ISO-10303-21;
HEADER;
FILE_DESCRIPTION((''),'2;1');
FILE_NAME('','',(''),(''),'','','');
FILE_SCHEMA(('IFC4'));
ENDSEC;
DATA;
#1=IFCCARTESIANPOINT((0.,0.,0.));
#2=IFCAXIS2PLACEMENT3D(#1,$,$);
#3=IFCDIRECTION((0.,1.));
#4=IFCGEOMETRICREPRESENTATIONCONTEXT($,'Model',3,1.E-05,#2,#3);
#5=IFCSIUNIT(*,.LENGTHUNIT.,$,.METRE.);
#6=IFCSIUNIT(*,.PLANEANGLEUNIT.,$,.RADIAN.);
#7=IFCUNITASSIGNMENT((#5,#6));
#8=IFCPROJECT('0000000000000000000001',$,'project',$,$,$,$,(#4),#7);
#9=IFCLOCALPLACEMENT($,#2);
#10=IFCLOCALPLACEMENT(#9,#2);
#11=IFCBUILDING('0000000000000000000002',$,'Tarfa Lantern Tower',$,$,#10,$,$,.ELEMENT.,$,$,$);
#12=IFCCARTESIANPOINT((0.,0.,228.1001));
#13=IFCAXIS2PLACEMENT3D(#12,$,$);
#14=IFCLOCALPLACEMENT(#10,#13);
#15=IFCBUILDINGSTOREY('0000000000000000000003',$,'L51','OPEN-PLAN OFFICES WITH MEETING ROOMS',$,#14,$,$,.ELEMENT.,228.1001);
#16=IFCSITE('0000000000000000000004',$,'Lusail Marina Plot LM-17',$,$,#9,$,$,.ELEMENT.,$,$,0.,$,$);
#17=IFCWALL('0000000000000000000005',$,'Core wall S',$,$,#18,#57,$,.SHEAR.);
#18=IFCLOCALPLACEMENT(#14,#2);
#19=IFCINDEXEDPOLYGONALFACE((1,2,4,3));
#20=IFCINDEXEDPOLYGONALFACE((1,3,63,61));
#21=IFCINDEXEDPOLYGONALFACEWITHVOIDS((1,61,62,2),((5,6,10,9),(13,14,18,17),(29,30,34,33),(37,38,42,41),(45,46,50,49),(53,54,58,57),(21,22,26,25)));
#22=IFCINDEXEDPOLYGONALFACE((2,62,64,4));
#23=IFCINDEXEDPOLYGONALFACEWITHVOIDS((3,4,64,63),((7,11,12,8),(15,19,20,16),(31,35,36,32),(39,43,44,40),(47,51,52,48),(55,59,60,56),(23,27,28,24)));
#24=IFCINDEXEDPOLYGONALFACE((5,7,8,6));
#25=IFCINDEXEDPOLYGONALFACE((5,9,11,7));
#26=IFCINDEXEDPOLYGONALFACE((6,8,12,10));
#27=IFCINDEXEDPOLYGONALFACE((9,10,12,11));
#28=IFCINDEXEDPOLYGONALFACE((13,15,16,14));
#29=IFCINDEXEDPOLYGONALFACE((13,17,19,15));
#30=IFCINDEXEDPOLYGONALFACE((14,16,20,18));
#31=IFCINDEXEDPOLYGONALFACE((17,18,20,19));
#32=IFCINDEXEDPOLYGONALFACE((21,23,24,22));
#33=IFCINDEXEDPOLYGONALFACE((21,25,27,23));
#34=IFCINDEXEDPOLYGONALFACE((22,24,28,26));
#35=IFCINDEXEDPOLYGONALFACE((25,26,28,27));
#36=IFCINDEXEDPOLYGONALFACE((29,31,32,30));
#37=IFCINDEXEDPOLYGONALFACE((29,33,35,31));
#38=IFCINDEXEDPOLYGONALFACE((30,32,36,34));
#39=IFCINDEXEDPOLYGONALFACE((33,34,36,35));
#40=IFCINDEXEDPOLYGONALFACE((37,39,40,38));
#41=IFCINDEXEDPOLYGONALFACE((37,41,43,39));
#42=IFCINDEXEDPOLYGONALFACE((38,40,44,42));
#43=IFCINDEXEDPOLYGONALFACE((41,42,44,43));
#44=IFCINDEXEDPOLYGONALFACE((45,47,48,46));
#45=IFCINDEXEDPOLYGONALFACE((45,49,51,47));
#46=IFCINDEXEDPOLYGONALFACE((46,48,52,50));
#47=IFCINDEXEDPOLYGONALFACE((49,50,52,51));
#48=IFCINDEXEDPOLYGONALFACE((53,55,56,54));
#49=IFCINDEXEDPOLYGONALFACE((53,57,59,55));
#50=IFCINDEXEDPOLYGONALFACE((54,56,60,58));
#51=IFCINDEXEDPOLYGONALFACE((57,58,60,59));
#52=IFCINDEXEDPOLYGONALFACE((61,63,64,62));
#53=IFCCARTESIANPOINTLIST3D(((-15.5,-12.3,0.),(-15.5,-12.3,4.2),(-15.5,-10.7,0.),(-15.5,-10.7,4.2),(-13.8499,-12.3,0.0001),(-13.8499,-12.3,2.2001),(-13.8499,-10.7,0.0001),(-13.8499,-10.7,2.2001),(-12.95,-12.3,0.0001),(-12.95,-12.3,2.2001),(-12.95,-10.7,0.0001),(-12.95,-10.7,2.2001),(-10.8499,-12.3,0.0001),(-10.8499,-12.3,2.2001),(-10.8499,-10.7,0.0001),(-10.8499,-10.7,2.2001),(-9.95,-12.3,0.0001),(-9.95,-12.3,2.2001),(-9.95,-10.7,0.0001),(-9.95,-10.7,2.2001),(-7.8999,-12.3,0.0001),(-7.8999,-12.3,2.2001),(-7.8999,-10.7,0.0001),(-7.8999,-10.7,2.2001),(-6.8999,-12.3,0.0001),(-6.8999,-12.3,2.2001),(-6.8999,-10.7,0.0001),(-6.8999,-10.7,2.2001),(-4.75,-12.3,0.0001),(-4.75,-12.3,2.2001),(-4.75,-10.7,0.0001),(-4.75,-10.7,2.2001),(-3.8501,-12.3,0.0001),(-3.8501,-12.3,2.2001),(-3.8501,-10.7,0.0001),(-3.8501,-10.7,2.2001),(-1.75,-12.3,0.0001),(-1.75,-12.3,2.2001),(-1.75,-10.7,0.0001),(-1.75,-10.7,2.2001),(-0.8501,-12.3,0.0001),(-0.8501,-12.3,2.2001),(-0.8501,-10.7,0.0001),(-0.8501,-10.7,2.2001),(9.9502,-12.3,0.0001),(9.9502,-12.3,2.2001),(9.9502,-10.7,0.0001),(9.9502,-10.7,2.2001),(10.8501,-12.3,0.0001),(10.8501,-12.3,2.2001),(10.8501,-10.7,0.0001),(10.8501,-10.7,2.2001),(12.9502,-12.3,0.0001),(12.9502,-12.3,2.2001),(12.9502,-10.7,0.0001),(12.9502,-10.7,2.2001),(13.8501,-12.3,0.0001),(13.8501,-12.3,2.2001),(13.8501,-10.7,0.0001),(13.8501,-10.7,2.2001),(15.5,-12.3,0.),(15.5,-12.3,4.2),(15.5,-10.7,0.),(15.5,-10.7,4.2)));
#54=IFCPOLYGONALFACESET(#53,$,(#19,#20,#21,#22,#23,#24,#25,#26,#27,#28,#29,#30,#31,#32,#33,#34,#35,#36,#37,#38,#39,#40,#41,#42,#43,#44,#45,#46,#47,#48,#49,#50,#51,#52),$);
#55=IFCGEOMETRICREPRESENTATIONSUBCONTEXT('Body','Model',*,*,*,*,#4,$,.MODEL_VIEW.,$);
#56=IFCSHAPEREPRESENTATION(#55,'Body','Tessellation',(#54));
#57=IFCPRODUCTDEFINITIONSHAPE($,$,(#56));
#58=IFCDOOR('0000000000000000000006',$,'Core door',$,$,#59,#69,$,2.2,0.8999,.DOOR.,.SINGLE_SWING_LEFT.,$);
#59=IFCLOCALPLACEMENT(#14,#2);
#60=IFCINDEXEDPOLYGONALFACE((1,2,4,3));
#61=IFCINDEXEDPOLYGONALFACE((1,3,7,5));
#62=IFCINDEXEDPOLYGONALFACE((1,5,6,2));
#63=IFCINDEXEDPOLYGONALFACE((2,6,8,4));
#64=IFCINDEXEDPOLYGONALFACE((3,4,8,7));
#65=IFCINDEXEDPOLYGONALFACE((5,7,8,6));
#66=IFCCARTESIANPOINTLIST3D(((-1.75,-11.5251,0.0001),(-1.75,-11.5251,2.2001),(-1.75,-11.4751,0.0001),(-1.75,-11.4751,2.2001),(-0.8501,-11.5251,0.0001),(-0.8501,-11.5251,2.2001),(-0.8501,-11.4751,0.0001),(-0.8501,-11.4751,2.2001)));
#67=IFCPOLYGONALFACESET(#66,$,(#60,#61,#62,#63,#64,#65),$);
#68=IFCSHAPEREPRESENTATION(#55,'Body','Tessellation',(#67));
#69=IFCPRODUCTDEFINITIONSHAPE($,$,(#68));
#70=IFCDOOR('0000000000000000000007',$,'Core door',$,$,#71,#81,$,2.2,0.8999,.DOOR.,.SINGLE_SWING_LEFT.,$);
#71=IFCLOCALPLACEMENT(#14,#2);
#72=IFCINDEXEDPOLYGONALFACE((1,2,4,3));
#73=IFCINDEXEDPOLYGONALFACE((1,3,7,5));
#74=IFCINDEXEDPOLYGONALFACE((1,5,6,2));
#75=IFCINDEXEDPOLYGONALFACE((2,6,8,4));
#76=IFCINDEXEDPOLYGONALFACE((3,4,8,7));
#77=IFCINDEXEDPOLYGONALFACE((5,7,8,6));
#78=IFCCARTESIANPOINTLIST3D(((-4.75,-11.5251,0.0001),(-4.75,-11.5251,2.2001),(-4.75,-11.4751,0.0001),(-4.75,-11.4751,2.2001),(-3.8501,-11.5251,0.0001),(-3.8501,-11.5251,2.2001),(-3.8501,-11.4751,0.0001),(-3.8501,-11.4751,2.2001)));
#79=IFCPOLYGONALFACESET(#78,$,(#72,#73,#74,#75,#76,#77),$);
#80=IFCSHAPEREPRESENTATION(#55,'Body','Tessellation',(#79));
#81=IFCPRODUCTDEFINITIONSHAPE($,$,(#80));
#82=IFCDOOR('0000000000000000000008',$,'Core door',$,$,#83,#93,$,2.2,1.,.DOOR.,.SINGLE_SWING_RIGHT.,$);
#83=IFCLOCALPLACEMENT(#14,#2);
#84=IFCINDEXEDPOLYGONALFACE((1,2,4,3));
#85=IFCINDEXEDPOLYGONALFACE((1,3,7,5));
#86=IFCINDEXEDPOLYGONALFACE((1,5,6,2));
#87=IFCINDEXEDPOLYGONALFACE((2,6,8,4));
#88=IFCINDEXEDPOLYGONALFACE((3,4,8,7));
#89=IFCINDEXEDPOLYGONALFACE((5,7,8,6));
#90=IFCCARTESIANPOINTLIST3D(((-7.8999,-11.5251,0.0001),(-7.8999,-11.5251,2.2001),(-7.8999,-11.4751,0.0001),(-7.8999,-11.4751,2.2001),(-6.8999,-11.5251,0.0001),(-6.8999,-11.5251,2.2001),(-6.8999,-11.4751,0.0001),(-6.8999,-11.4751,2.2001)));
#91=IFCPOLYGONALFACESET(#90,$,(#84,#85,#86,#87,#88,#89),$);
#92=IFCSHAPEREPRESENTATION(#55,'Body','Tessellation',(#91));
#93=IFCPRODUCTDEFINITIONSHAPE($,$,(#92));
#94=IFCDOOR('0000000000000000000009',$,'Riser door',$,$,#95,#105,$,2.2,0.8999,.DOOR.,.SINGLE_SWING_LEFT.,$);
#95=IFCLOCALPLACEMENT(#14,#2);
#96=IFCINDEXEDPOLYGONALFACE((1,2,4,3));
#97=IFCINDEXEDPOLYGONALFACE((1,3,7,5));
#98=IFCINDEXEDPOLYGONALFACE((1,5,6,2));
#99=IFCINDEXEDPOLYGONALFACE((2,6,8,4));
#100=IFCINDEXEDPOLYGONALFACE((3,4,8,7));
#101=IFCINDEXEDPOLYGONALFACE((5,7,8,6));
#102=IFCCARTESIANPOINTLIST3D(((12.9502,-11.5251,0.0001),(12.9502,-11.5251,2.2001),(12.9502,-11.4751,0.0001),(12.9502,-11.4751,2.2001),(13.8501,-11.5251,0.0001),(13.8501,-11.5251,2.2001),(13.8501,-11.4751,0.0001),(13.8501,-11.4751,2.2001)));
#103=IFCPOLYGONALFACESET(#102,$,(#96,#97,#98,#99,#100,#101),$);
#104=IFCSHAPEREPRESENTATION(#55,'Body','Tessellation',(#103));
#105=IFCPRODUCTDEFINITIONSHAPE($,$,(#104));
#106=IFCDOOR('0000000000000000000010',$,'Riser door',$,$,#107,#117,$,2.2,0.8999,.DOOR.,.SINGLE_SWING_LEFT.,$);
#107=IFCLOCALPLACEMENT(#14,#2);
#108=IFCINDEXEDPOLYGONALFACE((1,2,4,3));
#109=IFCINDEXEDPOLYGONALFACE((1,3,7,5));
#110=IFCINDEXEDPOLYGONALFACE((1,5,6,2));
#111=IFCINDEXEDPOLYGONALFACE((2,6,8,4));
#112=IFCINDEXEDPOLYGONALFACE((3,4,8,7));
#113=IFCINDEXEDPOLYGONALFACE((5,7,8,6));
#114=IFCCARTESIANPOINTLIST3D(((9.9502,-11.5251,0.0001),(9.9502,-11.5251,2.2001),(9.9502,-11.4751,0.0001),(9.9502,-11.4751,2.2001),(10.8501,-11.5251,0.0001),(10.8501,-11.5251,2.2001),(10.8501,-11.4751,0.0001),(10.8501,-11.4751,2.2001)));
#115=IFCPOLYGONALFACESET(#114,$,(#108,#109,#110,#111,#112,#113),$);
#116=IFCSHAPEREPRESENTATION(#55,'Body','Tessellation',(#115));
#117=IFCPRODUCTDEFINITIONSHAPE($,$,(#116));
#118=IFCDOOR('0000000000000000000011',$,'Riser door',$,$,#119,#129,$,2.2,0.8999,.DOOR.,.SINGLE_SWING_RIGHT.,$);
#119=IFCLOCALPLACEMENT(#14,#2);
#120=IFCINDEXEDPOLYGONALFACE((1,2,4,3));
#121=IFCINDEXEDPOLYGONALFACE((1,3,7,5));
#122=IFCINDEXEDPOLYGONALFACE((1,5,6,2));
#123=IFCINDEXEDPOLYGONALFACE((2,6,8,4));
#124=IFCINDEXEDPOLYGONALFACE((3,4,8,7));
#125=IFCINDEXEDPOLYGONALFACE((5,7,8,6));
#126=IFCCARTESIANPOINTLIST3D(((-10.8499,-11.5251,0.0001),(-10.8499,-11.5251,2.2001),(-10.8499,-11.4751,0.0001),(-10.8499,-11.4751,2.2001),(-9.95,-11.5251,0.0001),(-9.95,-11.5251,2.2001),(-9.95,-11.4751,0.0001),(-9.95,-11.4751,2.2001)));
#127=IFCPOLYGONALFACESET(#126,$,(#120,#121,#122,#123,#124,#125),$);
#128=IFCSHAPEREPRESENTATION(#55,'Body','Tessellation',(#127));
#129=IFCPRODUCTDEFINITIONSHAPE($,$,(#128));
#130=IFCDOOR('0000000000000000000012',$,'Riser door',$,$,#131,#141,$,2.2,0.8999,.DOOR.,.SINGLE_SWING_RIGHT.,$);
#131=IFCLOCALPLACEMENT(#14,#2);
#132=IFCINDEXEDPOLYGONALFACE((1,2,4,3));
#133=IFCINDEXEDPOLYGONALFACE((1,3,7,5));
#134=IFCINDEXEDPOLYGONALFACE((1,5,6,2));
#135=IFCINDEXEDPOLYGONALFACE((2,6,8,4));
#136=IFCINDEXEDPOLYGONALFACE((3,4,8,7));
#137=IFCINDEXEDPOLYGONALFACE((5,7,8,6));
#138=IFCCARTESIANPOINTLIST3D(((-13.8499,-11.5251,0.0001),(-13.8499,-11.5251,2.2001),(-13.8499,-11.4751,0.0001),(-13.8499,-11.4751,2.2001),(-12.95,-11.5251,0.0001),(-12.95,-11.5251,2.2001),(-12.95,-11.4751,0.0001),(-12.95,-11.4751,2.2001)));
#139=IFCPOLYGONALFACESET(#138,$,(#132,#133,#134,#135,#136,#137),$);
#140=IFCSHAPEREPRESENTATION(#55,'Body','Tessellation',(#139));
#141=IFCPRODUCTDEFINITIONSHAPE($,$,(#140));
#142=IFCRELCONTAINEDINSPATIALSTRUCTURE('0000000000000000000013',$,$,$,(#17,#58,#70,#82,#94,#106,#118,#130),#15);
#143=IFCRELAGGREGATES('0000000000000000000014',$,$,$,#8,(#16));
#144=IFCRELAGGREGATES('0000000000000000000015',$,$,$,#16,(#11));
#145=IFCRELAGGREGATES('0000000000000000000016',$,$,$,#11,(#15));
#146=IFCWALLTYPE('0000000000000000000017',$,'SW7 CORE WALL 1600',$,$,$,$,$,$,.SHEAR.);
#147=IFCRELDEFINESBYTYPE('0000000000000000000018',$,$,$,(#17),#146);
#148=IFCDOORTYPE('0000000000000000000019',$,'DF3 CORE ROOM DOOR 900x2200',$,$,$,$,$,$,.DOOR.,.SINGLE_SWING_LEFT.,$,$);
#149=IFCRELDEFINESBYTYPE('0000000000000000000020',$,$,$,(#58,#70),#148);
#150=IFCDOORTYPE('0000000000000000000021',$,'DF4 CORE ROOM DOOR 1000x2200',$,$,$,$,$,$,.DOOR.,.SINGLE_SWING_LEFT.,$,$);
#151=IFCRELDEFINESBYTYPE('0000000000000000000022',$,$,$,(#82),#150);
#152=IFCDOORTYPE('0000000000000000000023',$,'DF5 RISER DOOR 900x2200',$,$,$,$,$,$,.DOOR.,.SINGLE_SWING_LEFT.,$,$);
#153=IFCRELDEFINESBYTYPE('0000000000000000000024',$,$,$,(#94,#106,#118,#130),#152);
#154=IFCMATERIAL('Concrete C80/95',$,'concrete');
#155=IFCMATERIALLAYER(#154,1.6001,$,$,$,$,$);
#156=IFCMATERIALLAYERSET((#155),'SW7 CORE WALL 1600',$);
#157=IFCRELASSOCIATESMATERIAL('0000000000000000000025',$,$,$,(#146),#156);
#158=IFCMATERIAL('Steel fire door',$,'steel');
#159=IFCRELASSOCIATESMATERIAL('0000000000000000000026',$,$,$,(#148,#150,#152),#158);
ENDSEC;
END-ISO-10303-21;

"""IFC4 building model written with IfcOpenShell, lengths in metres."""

from ifc_helpers import new_model, si_unit, direction, frame, frame_2d, origin, place, context, subcontext, project, spatial, rectangle, extrude, material, layer, layer_set, type_object, element, fill, save


model = new_model("IFC4")

# Units and contexts
model_context = context("Model", 3, precision=1e-05, world=origin(), true_north=direction((0.0, 1.0)))
body_context = subcontext(model_context, "Body", "Model", "MODEL_VIEW")
ifc_project = project(units=[si_unit("LENGTHUNIT", "METRE"), si_unit("PLANEANGLEUNIT", "RADIAN")], contexts=[model_context])

# Site, building, storey
site_placement = place(None, origin())
site = spatial("IfcSite", under=ifc_project, at=site_placement, Name="Lusail Marina Plot LM-17", CompositionType="ELEMENT", RefElevation=0.0)
building_placement = place(site_placement, origin())
building = spatial("IfcBuilding", under=site, at=building_placement, Name="Tarfa Lantern Tower", CompositionType="ELEMENT")
storey_placement = place(building_placement, frame((0.0, 0.0, 228.1001)))
storey = spatial("IfcBuildingStorey", under=building, at=storey_placement, Name="L51", Description="OPEN-PLAN OFFICES WITH MEETING ROOMS", CompositionType="ELEMENT", Elevation=228.1001)

# Shared definitions
ifc_material_1 = material(Name="Concrete C80/95", Category="concrete")

# Wall, openings, doors
ifc_layer_1 = layer(ifc_material_1, 1.6001)
ifc_layer_set_1 = layer_set([ifc_layer_1], Name="SW7 CORE WALL 1600")
wall_type_1 = type_object("IfcWallType", Name="SW7 CORE WALL 1600", PredefinedType="SHEAR", material=ifc_layer_set_1)
wall_1_placement = place(storey_placement, frame((15.5, -11.5, 0.0), z_axis=(0.0, 0.0, 1.0), x_axis=(-1.0, 0.0, 0.0)))
wall_1 = element("IfcWall", 1, at=wall_1_placement, inside=storey, type_object=wall_type_1, Name="Core wall S", PredefinedType="SHEAR", context=body_context, shape_type="SweptSolid", body=[
    extrude(rectangle(XDim=31.0, YDim=1.6001, at=frame_2d((15.5, 0.0))), origin(), (0.0, 0.0, 1.0), 4.2),
])
opening_1_placement = place(wall_1_placement, frame((16.3501, 0.0, 0.0)))
opening_1 = element("IfcOpeningElement", 2, at=opening_1_placement, cuts=wall_1, PredefinedType="OPENING", context=body_context, shape_type="SweptSolid", body=[
    extrude(rectangle(XDim=0.8999, YDim=2.2, at=frame_2d((0.45, 1.1001))), frame((0.0, 0.8101, 0.0), z_axis=(0.0, -1.0, 0.0), x_axis=(1.0, 0.0, 0.0)), (0.0, 0.0, 1.0), 1.6201),
])
opening_2_placement = place(wall_1_placement, frame((19.3501, 0.0, 0.0)))
opening_2 = element("IfcOpeningElement", 3, at=opening_2_placement, cuts=wall_1, PredefinedType="OPENING", context=body_context, shape_type="SweptSolid", body=[
    extrude(rectangle(XDim=0.8999, YDim=2.2, at=frame_2d((0.45, 1.1001))), frame((0.0, 0.8101, 0.0), z_axis=(0.0, -1.0, 0.0), x_axis=(1.0, 0.0, 0.0)), (0.0, 0.0, 1.0), 1.6201),
])
opening_3_placement = place(wall_1_placement, frame((22.3999, 0.0, 0.0)))
opening_3 = element("IfcOpeningElement", 4, at=opening_3_placement, cuts=wall_1, PredefinedType="OPENING", context=body_context, shape_type="SweptSolid", body=[
    extrude(rectangle(XDim=1.0, YDim=2.2, at=frame_2d((0.5, 1.1001))), frame((0.0, 0.8101, 0.0), z_axis=(0.0, -1.0, 0.0), x_axis=(1.0, 0.0, 0.0)), (0.0, 0.0, 1.0), 1.6201),
])
opening_4_placement = place(wall_1_placement, frame((1.6499, 0.0, 0.0)))
opening_4 = element("IfcOpeningElement", 5, at=opening_4_placement, cuts=wall_1, PredefinedType="OPENING", context=body_context, shape_type="SweptSolid", body=[
    extrude(rectangle(XDim=0.8999, YDim=2.2, at=frame_2d((0.45, 1.1001))), frame((0.0, 0.8101, 0.0), z_axis=(0.0, -1.0, 0.0), x_axis=(1.0, 0.0, 0.0)), (0.0, 0.0, 1.0), 1.6201),
])
opening_5_placement = place(wall_1_placement, frame((4.6499, 0.0, 0.0)))
opening_5 = element("IfcOpeningElement", 6, at=opening_5_placement, cuts=wall_1, PredefinedType="OPENING", context=body_context, shape_type="SweptSolid", body=[
    extrude(rectangle(XDim=0.8999, YDim=2.2, at=frame_2d((0.45, 1.1001))), frame((0.0, 0.8101, 0.0), z_axis=(0.0, -1.0, 0.0), x_axis=(1.0, 0.0, 0.0)), (0.0, 0.0, 1.0), 1.6201),
])
opening_6_placement = place(wall_1_placement, frame((25.45, 0.0, 0.0)))
opening_6 = element("IfcOpeningElement", 7, at=opening_6_placement, cuts=wall_1, PredefinedType="OPENING", context=body_context, shape_type="SweptSolid", body=[
    extrude(rectangle(XDim=0.8999, YDim=2.2, at=frame_2d((0.45, 1.1001))), frame((0.0, 0.8101, 0.0), z_axis=(0.0, -1.0, 0.0), x_axis=(1.0, 0.0, 0.0)), (0.0, 0.0, 1.0), 1.6201),
])
opening_7_placement = place(wall_1_placement, frame((28.45, 0.0, 0.0)))
opening_7 = element("IfcOpeningElement", 8, at=opening_7_placement, cuts=wall_1, PredefinedType="OPENING", context=body_context, shape_type="SweptSolid", body=[
    extrude(rectangle(XDim=0.8999, YDim=2.2, at=frame_2d((0.45, 1.1001))), frame((0.0, 0.8101, 0.0), z_axis=(0.0, -1.0, 0.0), x_axis=(1.0, 0.0, 0.0)), (0.0, 0.0, 1.0), 1.6201),
])
ifc_material_2 = material(Name="Steel fire door", Category="steel")
door_type_1 = type_object("IfcDoorType", Name="DF3 CORE ROOM DOOR 900x2200", OperationType="SINGLE_SWING_LEFT", PredefinedType="DOOR", material=ifc_material_2)
door_1_placement = place(opening_1_placement, frame((0.8999, 0.0, 0.0), z_axis=(0.0, 0.0, 1.0), x_axis=(-1.0, 0.0, 0.0)))
door_1 = element("IfcDoor", 9, at=door_1_placement, inside=storey, type_object=door_type_1, Name="Core door", OperationType="SINGLE_SWING_LEFT", OverallHeight=2.2, OverallWidth=0.8999, PredefinedType="DOOR", context=body_context, shape_type="SweptSolid", body=[
    extrude(rectangle(XDim=0.8999, YDim=2.2, at=frame_2d((0.45, 1.1001))), frame((0.0, 0.0249, 0.0), z_axis=(0.0, -1.0, 0.0), x_axis=(1.0, 0.0, 0.0)), (0.0, 0.0, 1.0), 0.05),
])
fill(opening_1, door_1)
door_2_placement = place(opening_2_placement, frame((0.8999, 0.0, 0.0), z_axis=(0.0, 0.0, 1.0), x_axis=(-1.0, 0.0, 0.0)))
door_2 = element("IfcDoor", 10, at=door_2_placement, inside=storey, type_object=door_type_1, Name="Core door", OperationType="SINGLE_SWING_LEFT", OverallHeight=2.2, OverallWidth=0.8999, PredefinedType="DOOR", context=body_context, shape_type="SweptSolid", body=[
    extrude(rectangle(XDim=0.8999, YDim=2.2, at=frame_2d((0.45, 1.1001))), frame((0.0, 0.0249, 0.0), z_axis=(0.0, -1.0, 0.0), x_axis=(1.0, 0.0, 0.0)), (0.0, 0.0, 1.0), 0.05),
])
fill(opening_2, door_2)
door_type_2 = type_object("IfcDoorType", Name="DF4 CORE ROOM DOOR 1000x2200", OperationType="SINGLE_SWING_LEFT", PredefinedType="DOOR", material=ifc_material_2)
door_3_placement = place(opening_3_placement, frame((1.0, 0.0, 0.0), z_axis=(0.0, 0.0, 1.0), x_axis=(-1.0, 0.0, 0.0)))
door_3 = element("IfcDoor", 11, at=door_3_placement, inside=storey, type_object=door_type_2, Name="Core door", OperationType="SINGLE_SWING_RIGHT", OverallHeight=2.2, OverallWidth=1.0, PredefinedType="DOOR", context=body_context, shape_type="SweptSolid", body=[
    extrude(rectangle(XDim=1.0, YDim=2.2, at=frame_2d((0.5, 1.1001))), frame((0.0, 0.0249, 0.0), z_axis=(0.0, -1.0, 0.0), x_axis=(1.0, 0.0, 0.0)), (0.0, 0.0, 1.0), 0.05),
])
fill(opening_3, door_3)
door_type_3 = type_object("IfcDoorType", Name="DF5 RISER DOOR 900x2200", OperationType="SINGLE_SWING_LEFT", PredefinedType="DOOR", material=ifc_material_2)
door_4_placement = place(opening_4_placement, frame((0.8999, 0.0, 0.0), z_axis=(0.0, 0.0, 1.0), x_axis=(-1.0, 0.0, 0.0)))
door_4 = element("IfcDoor", 12, at=door_4_placement, inside=storey, type_object=door_type_3, Name="Riser door", OperationType="SINGLE_SWING_LEFT", OverallHeight=2.2, OverallWidth=0.8999, PredefinedType="DOOR", context=body_context, shape_type="SweptSolid", body=[
    extrude(rectangle(XDim=0.8999, YDim=2.2, at=frame_2d((0.45, 1.1001))), frame((0.0, 0.0249, 0.0), z_axis=(0.0, -1.0, 0.0), x_axis=(1.0, 0.0, 0.0)), (0.0, 0.0, 1.0), 0.05),
])
fill(opening_4, door_4)
door_5_placement = place(opening_5_placement, frame((0.8999, 0.0, 0.0), z_axis=(0.0, 0.0, 1.0), x_axis=(-1.0, 0.0, 0.0)))
door_5 = element("IfcDoor", 13, at=door_5_placement, inside=storey, type_object=door_type_3, Name="Riser door", OperationType="SINGLE_SWING_LEFT", OverallHeight=2.2, OverallWidth=0.8999, PredefinedType="DOOR", context=body_context, shape_type="SweptSolid", body=[
    extrude(rectangle(XDim=0.8999, YDim=2.2, at=frame_2d((0.45, 1.1001))), frame((0.0, 0.0249, 0.0), z_axis=(0.0, -1.0, 0.0), x_axis=(1.0, 0.0, 0.0)), (0.0, 0.0, 1.0), 0.05),
])
fill(opening_5, door_5)
door_6_placement = place(opening_6_placement, frame((0.8999, 0.0, 0.0), z_axis=(0.0, 0.0, 1.0), x_axis=(-1.0, 0.0, 0.0)))
door_6 = element("IfcDoor", 14, at=door_6_placement, inside=storey, type_object=door_type_3, Name="Riser door", OperationType="SINGLE_SWING_RIGHT", OverallHeight=2.2, OverallWidth=0.8999, PredefinedType="DOOR", context=body_context, shape_type="SweptSolid", body=[
    extrude(rectangle(XDim=0.8999, YDim=2.2, at=frame_2d((0.45, 1.1001))), frame((0.0, 0.0249, 0.0), z_axis=(0.0, -1.0, 0.0), x_axis=(1.0, 0.0, 0.0)), (0.0, 0.0, 1.0), 0.05),
])
fill(opening_6, door_6)
door_7_placement = place(opening_7_placement, frame((0.8999, 0.0, 0.0), z_axis=(0.0, 0.0, 1.0), x_axis=(-1.0, 0.0, 0.0)))
door_7 = element("IfcDoor", 15, at=door_7_placement, inside=storey, type_object=door_type_3, Name="Riser door", OperationType="SINGLE_SWING_RIGHT", OverallHeight=2.2, OverallWidth=0.8999, PredefinedType="DOOR", context=body_context, shape_type="SweptSolid", body=[
    extrude(rectangle(XDim=0.8999, YDim=2.2, at=frame_2d((0.45, 1.1001))), frame((0.0, 0.0249, 0.0), z_axis=(0.0, -1.0, 0.0), x_axis=(1.0, 0.0, 0.0)), (0.0, 0.0, 1.0), 0.05),
])
fill(opening_7, door_7)

save(model, "model.ifc")
